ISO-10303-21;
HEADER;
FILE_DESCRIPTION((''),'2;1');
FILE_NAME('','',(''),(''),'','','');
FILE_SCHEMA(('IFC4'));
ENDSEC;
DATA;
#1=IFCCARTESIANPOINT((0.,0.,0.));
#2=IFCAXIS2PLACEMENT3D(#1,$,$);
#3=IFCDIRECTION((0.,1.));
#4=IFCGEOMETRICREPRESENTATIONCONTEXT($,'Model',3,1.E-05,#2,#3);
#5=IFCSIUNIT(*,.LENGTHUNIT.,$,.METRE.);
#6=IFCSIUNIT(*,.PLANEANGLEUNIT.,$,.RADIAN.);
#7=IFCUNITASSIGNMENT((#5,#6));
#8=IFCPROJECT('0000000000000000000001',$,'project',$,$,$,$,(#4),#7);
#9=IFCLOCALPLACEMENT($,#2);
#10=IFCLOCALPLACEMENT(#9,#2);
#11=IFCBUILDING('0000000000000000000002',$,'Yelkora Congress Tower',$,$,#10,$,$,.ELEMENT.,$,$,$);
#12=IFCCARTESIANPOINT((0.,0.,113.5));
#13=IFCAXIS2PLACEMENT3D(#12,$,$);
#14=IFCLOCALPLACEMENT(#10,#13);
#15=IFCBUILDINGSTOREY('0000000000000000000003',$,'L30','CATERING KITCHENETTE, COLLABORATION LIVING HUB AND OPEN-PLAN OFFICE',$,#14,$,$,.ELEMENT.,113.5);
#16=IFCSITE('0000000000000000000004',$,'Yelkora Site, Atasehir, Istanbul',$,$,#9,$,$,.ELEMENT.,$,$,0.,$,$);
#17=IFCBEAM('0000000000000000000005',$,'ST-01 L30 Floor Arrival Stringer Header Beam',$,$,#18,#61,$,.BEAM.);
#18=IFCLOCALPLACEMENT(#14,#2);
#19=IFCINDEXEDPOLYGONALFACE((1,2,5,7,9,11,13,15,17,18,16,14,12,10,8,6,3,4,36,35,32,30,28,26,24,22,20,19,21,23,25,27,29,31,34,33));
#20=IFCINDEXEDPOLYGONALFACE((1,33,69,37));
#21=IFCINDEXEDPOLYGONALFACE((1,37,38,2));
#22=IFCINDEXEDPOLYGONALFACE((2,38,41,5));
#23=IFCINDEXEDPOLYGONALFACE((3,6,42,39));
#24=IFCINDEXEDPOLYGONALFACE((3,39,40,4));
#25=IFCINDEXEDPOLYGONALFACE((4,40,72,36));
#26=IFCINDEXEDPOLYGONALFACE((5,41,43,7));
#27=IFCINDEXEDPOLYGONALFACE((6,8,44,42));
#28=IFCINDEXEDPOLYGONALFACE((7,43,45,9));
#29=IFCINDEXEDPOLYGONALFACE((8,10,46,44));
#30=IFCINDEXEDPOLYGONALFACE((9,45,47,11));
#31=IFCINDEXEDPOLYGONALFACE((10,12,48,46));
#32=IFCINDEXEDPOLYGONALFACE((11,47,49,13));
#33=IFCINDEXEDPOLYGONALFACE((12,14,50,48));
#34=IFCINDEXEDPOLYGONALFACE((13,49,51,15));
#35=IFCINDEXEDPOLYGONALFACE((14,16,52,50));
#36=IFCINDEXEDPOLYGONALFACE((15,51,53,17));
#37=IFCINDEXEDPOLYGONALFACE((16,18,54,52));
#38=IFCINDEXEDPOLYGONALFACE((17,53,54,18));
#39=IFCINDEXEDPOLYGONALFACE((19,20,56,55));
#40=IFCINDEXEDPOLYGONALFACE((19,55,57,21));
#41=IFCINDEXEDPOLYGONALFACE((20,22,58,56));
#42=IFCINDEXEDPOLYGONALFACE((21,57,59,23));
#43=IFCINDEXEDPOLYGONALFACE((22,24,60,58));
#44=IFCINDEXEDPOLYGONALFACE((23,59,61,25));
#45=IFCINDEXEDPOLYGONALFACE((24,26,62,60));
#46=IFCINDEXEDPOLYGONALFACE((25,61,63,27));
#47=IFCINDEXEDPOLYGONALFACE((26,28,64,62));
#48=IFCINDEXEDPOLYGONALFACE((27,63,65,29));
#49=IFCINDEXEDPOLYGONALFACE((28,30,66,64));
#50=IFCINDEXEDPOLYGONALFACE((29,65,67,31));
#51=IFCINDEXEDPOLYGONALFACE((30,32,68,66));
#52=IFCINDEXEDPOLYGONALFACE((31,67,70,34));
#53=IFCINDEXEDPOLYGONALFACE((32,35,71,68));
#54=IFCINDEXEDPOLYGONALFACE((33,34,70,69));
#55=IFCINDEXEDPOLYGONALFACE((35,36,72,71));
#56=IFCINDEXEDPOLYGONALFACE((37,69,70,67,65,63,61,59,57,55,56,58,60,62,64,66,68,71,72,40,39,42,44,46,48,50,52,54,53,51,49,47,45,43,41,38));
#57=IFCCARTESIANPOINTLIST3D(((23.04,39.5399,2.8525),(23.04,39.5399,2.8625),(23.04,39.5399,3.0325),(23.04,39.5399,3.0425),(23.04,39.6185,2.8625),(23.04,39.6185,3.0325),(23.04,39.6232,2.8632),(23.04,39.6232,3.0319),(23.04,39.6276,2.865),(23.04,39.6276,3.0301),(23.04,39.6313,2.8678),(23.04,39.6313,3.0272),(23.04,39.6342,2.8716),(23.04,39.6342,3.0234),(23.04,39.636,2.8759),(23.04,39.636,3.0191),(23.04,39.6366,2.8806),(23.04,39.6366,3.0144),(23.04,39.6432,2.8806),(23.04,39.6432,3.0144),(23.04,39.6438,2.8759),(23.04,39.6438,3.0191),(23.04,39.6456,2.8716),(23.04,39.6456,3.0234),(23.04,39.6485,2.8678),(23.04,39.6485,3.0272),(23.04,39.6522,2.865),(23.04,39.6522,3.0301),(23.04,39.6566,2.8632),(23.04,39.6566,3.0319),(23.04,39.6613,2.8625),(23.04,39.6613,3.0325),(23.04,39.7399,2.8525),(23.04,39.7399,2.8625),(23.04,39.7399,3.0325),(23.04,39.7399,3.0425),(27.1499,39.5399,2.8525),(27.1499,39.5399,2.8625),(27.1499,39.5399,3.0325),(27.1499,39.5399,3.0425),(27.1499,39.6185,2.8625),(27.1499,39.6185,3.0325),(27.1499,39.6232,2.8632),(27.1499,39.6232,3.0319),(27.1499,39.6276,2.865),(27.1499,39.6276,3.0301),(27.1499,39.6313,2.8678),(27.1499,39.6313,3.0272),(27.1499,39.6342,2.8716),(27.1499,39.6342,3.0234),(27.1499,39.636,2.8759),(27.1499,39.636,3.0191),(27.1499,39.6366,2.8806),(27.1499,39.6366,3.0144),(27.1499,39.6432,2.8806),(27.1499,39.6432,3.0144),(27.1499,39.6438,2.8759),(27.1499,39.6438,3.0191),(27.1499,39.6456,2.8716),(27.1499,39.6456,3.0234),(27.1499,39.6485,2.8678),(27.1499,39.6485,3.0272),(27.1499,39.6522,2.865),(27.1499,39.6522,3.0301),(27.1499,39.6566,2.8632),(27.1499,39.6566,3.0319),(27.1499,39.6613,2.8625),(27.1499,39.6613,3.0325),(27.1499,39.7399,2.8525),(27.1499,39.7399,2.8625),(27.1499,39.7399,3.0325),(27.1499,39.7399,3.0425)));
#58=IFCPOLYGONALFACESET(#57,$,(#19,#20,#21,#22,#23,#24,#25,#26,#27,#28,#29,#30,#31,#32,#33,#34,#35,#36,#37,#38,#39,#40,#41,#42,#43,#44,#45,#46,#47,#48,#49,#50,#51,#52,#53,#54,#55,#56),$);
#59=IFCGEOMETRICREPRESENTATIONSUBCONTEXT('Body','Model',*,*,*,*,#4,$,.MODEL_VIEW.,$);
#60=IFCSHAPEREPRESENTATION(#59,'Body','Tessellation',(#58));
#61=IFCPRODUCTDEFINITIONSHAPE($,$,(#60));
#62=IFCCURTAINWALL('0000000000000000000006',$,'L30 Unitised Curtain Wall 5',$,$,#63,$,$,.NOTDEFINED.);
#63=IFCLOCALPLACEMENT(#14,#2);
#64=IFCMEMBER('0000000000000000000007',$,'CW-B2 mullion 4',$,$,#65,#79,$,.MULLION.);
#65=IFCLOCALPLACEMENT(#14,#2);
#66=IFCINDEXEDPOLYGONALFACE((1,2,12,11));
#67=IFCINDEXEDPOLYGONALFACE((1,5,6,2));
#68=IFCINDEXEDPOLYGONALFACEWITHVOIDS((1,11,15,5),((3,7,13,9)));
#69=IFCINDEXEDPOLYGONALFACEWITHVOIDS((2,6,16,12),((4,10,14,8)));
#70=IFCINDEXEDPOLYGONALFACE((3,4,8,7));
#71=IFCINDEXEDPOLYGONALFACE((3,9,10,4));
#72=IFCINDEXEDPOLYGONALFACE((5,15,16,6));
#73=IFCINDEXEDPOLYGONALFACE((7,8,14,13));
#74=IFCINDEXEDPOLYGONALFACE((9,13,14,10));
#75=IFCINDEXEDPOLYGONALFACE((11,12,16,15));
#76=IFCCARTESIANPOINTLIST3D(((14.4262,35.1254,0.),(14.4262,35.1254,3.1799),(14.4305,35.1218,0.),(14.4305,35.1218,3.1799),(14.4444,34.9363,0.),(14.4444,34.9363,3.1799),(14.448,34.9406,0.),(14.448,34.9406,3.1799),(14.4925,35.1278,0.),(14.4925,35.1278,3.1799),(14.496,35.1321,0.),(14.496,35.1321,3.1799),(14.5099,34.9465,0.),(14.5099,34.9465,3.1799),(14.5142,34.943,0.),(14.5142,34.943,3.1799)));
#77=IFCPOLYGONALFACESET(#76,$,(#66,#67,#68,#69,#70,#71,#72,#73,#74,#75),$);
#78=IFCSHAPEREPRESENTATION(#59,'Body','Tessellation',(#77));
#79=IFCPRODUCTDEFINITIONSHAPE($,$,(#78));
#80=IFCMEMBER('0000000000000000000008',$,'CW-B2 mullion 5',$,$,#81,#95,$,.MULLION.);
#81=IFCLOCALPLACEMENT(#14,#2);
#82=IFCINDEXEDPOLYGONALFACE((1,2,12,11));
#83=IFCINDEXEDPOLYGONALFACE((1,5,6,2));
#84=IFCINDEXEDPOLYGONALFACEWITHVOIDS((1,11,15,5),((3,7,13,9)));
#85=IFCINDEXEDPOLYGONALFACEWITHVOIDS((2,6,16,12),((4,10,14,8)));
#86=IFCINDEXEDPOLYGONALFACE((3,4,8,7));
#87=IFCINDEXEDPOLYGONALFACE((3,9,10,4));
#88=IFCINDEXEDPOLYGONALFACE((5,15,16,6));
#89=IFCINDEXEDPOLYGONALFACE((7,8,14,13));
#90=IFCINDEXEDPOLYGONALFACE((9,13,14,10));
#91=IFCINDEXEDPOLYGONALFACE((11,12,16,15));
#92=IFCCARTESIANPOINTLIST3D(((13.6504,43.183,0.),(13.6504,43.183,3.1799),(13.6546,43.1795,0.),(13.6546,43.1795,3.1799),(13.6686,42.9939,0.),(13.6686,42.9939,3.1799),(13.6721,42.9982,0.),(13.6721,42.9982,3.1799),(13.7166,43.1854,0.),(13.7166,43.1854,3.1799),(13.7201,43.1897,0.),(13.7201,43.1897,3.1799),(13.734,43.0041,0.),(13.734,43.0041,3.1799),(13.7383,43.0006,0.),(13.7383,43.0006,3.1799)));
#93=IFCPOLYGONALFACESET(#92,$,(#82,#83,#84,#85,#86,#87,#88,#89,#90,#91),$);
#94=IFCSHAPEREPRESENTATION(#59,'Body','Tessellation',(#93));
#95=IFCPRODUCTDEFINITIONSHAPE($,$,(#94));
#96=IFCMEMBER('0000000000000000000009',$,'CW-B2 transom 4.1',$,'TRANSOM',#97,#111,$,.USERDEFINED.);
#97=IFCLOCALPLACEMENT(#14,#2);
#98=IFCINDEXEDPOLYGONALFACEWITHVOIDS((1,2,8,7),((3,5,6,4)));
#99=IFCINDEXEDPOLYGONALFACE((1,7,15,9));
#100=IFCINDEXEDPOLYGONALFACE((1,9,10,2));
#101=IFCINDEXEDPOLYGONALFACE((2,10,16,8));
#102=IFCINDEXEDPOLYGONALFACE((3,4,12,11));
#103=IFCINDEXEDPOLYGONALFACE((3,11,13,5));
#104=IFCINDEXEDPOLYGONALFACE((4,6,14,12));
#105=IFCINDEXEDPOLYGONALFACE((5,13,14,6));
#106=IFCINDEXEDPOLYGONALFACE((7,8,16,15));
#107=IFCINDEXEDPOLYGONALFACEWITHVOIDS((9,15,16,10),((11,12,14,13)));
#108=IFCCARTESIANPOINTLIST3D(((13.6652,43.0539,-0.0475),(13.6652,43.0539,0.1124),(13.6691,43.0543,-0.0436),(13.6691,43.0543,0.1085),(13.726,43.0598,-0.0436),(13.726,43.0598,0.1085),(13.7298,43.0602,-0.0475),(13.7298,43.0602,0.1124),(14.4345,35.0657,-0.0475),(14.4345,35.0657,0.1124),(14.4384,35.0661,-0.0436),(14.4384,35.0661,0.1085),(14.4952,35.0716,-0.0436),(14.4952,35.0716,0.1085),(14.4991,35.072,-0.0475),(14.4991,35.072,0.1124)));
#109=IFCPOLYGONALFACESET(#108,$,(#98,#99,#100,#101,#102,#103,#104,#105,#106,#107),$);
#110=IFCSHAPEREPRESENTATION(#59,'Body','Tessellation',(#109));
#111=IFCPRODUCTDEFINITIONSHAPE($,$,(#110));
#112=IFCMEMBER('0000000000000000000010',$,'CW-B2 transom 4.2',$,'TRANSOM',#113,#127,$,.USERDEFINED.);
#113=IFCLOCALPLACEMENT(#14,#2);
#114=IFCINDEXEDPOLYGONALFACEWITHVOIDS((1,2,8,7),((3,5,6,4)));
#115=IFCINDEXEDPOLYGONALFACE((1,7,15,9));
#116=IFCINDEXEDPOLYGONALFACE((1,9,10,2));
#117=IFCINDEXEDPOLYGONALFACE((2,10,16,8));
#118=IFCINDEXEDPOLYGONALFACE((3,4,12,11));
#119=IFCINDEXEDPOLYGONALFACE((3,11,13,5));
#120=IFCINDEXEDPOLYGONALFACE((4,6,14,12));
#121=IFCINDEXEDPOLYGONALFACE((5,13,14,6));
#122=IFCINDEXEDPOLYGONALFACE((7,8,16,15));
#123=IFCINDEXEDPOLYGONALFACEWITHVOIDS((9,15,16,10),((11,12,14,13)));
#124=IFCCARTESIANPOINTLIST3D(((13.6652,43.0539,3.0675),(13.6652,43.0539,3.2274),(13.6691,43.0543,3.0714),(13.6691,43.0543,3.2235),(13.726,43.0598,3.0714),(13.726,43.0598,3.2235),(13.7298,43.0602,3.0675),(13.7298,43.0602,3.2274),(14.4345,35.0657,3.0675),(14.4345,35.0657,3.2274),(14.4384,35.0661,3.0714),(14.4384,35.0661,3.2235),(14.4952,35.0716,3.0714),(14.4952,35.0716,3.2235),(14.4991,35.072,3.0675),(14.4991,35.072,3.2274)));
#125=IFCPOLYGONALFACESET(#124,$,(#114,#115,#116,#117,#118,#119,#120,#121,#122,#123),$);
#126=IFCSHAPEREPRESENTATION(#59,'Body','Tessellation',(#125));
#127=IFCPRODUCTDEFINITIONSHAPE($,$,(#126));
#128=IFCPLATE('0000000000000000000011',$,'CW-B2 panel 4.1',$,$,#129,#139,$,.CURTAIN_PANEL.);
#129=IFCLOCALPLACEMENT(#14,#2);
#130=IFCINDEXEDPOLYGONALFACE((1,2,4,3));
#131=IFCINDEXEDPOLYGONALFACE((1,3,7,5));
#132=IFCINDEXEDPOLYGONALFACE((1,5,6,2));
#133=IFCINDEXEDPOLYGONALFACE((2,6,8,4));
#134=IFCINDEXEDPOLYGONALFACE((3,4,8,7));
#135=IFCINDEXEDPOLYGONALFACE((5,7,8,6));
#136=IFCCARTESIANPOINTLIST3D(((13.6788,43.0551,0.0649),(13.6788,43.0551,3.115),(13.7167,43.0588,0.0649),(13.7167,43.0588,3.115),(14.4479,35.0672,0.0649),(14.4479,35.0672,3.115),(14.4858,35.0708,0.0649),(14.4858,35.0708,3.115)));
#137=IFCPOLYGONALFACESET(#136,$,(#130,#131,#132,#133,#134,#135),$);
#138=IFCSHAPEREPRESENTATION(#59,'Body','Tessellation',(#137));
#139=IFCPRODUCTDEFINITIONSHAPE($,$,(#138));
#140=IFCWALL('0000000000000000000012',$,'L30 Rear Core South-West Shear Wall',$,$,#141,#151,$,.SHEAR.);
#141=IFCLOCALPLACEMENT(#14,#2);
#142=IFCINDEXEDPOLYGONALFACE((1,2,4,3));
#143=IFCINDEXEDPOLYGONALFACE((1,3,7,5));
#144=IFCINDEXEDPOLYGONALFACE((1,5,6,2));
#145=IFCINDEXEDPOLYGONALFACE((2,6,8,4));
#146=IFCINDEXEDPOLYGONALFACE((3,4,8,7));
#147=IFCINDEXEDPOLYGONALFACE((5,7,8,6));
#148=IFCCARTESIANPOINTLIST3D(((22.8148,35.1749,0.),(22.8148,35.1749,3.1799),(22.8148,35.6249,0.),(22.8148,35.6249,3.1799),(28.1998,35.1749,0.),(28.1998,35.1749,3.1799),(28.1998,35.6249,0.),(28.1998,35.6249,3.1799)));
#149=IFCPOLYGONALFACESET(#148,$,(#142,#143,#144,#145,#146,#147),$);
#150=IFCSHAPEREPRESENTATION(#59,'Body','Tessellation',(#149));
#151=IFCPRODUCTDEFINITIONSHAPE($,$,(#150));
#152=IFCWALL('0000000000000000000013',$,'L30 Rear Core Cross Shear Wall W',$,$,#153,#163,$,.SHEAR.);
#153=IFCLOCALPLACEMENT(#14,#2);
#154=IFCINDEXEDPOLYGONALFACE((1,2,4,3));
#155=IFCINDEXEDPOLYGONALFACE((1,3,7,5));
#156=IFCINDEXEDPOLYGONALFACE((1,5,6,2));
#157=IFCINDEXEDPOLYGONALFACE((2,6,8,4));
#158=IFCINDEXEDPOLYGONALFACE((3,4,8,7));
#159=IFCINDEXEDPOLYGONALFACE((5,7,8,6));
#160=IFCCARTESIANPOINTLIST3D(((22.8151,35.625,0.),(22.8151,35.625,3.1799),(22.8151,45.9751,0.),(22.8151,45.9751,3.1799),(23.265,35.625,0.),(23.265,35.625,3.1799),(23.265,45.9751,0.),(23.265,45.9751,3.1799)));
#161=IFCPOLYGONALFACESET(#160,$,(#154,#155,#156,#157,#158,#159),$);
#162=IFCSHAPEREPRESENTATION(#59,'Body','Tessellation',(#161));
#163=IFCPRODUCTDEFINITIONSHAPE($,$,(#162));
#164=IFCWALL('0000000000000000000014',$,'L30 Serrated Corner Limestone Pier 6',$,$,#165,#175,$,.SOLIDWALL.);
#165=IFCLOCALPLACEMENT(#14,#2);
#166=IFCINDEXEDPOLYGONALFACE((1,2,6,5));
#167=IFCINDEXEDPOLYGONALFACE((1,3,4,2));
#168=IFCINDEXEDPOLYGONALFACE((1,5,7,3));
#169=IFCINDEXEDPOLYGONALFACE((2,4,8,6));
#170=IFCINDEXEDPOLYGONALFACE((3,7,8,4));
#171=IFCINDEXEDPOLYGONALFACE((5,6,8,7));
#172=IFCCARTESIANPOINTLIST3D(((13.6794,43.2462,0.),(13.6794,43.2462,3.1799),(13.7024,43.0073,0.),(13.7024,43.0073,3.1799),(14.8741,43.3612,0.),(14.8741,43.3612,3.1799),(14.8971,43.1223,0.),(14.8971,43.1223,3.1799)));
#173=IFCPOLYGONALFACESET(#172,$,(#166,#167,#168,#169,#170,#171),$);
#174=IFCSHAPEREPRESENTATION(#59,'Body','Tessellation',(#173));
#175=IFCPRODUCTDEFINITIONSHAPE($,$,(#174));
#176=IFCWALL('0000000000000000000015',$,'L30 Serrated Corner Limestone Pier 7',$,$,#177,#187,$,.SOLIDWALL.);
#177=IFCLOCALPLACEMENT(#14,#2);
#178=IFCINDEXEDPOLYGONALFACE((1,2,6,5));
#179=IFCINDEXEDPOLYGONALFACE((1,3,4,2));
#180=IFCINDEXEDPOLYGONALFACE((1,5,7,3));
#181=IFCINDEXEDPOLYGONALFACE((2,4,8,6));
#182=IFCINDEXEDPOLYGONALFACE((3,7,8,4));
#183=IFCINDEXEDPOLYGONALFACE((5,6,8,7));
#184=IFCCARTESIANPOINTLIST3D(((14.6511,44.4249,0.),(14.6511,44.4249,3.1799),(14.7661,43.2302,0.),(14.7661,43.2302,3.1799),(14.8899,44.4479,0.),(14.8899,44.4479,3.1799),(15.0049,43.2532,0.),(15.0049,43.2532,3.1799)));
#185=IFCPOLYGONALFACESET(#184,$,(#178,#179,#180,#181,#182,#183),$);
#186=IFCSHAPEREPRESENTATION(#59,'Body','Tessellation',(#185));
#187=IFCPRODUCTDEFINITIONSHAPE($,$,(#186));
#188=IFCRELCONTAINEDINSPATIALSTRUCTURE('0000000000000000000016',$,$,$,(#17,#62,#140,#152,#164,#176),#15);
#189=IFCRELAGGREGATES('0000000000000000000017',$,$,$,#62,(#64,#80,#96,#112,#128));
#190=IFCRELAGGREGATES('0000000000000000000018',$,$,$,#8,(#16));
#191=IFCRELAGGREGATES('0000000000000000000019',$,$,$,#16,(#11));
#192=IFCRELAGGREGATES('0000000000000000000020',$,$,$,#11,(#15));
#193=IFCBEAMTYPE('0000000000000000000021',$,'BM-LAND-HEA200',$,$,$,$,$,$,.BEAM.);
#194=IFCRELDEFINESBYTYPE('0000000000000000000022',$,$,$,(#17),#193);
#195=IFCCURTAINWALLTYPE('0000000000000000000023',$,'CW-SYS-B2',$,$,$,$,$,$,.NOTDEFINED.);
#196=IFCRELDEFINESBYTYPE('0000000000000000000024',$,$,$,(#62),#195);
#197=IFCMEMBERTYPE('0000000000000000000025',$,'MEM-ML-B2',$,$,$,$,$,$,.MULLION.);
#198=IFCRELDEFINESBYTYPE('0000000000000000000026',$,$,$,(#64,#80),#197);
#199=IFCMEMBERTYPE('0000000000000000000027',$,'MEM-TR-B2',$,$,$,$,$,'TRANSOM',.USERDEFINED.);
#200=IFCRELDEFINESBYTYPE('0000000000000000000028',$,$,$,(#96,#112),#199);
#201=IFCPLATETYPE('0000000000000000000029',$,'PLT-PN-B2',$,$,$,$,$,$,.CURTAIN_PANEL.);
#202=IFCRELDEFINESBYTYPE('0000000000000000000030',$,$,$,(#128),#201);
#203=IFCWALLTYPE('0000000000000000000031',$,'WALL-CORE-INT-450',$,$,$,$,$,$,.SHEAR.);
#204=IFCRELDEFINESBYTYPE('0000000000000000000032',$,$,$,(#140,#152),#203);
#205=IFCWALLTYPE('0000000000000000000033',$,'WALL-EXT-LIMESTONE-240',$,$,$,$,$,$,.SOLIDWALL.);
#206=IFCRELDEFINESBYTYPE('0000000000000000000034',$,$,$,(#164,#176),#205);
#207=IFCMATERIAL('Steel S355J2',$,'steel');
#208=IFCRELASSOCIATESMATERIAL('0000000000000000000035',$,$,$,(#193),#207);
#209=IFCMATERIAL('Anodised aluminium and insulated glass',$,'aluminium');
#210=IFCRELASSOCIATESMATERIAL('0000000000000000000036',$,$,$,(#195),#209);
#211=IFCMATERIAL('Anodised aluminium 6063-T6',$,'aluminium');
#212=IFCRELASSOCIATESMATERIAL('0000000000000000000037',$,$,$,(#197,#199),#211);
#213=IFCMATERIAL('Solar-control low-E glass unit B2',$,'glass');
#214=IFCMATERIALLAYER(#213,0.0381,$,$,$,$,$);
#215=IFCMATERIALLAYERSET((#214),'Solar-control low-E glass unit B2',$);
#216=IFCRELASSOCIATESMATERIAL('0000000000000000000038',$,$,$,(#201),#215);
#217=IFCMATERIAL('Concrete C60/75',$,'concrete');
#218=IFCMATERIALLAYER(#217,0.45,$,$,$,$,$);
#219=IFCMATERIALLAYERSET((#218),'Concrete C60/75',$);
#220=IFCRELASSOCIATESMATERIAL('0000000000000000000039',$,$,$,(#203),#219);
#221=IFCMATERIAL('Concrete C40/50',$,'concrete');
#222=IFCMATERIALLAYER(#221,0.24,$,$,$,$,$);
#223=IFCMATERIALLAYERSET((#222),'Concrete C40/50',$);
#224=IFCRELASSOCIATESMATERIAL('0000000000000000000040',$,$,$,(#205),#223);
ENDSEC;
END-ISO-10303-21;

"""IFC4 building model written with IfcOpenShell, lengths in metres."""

from ifc_helpers import new_model, si_unit, direction, frame, frame_2d, origin, origin_2d, place, context, subcontext, project, spatial, rectangle, hollow_rectangle, i_section, extrude, material, layer, layer_set, material_profile, profile_set, type_object, element, aggregate, save


model = new_model("IFC4")

# Units and contexts
model_context = context("Model", 3, precision=1e-05, world=origin(), true_north=direction((0.0, 1.0)))
body_context = subcontext(model_context, "Body", "Model", "MODEL_VIEW")
ifc_project = project(units=[si_unit("LENGTHUNIT", "METRE"), si_unit("PLANEANGLEUNIT", "RADIAN")], contexts=[model_context])

# Site, building, storey
site_placement = place(None, origin())
site = spatial("IfcSite", under=ifc_project, at=site_placement, Name="Yelkora Site, Atasehir, Istanbul", CompositionType="ELEMENT", RefElevation=0.0)
building_placement = place(site_placement, origin())
building = spatial("IfcBuilding", under=site, at=building_placement, Name="Yelkora Congress Tower", CompositionType="ELEMENT")
storey_placement = place(building_placement, frame((0.0, 0.0, 113.5)))
storey = spatial("IfcBuildingStorey", under=building, at=storey_placement, Name="L30", Description="CATERING KITCHENETTE, COLLABORATION LIVING HUB AND OPEN-PLAN OFFICE", CompositionType="ELEMENT", Elevation=113.5)

# Beam
ifc_material_1 = material(Name="Steel S355J2", Category="steel")
ifc_material_profile_1 = material_profile(ifc_material_1, i_section(OverallWidth=0.2, OverallDepth=0.1899, WebThickness=0.0066, FlangeThickness=0.01, FilletRadius=0.0181, at=origin_2d()), Name="HEA 200")
ifc_profile_set_1 = profile_set([ifc_material_profile_1], Name="Steel S355J2")
beam_type_1 = type_object("IfcBeamType", Name="BM-LAND-HEA200", PredefinedType="BEAM", material=ifc_profile_set_1)
beam_1_placement = place(storey_placement, frame((23.04, 39.6399, 2.9475), z_axis=(1.0, 0.0, 0.0), x_axis=(0.0, 1.0, 0.0)))
element("IfcBeam", 1, at=beam_1_placement, inside=storey, type_object=beam_type_1, Name="ST-01 L30 Floor Arrival Stringer Header Beam", PredefinedType="BEAM", context=body_context, shape_type="SweptSolid", body=[
    extrude(i_section(OverallWidth=0.2, OverallDepth=0.1899, WebThickness=0.0066, FlangeThickness=0.01, FilletRadius=0.0181, at=origin_2d()), origin(), (0.0, 0.0, 1.0), 4.1099),
])

# Curtain wall, members, plate
ifc_material_2 = material(Name="Anodised aluminium and insulated glass", Category="aluminium")
curtain_wall_type = type_object("IfcCurtainWallType", Name="CW-SYS-B2", PredefinedType="NOTDEFINED", material=ifc_material_2)
curtain_wall_placement = place(storey_placement, origin())
curtain_wall = element("IfcCurtainWall", 2, at=curtain_wall_placement, inside=storey, type_object=curtain_wall_type, Name="L30 Unitised Curtain Wall 5", PredefinedType="NOTDEFINED")
ifc_material_3 = material(Name="Anodised aluminium 6063-T6", Category="aluminium")
ifc_material_profile_2 = material_profile(ifc_material_3, hollow_rectangle(XDim=0.0701, YDim=0.1899, WallThickness=0.0039, at=origin_2d()), Name="ALU 70x190x4")
ifc_profile_set_2 = profile_set([ifc_material_profile_2], Name="Anodised aluminium 6063-T6")
member_type_1 = type_object("IfcMemberType", Name="MEM-ML-B2", PredefinedType="MULLION", material=ifc_profile_set_2)
member_1_placement = place(storey_placement, frame((14.4702, 35.0342, 0.0), z_axis=(0.0, 0.0, 1.0), x_axis=(-0.995397, -0.095843, 0.0)))
member_1 = element("IfcMember", 3, at=member_1_placement, type_object=member_type_1, Name="CW-B2 mullion 4", PredefinedType="MULLION", context=body_context, shape_type="SweptSolid", body=[
    extrude(hollow_rectangle(XDim=0.0701, YDim=0.1899, WallThickness=0.0039, at=origin_2d()), origin(), (0.0, 0.0, 1.0), 3.1799),
])
member_2_placement = place(storey_placement, frame((13.6943, 43.0918, 0.0), z_axis=(0.0, 0.0, 1.0), x_axis=(-0.995397, -0.095843, 0.0)))
member_2 = element("IfcMember", 4, at=member_2_placement, type_object=member_type_1, Name="CW-B2 mullion 5", PredefinedType="MULLION", context=body_context, shape_type="SweptSolid", body=[
    extrude(hollow_rectangle(XDim=0.0701, YDim=0.1899, WallThickness=0.0039, at=origin_2d()), origin(), (0.0, 0.0, 1.0), 3.1799),
])
ifc_material_profile_3 = material_profile(ifc_material_3, hollow_rectangle(XDim=0.0649, YDim=0.1599, WallThickness=0.0039, at=origin_2d()), Name="ALU 65x160x4")
ifc_profile_set_3 = profile_set([ifc_material_profile_3], Name="Anodised aluminium 6063-T6")
member_type_2 = type_object("IfcMemberType", Name="MEM-TR-B2", ElementType="TRANSOM", PredefinedType="USERDEFINED", material=ifc_profile_set_3)
member_3_placement = place(storey_placement, frame((14.4668, 35.0688, 0.0325), z_axis=(-0.095858, 0.995395, 0.0), x_axis=(-0.995395, -0.095858, 0.0)))
member_3 = element("IfcMember", 5, at=member_3_placement, type_object=member_type_2, Name="CW-B2 transom 4.1", ObjectType="TRANSOM", PredefinedType="USERDEFINED", context=body_context, shape_type="SweptSolid", body=[
    extrude(hollow_rectangle(XDim=0.0649, YDim=0.1599, WallThickness=0.0039, at=origin_2d()), origin(), (0.0, 0.0, 1.0), 8.0251),
])
member_4_placement = place(storey_placement, frame((14.4668, 35.0688, 3.1475), z_axis=(-0.095858, 0.995395, 0.0), x_axis=(-0.995395, -0.095858, 0.0)))
member_4 = element("IfcMember", 6, at=member_4_placement, type_object=member_type_2, Name="CW-B2 transom 4.2", ObjectType="TRANSOM", PredefinedType="USERDEFINED", context=body_context, shape_type="SweptSolid", body=[
    extrude(hollow_rectangle(XDim=0.0649, YDim=0.1599, WallThickness=0.0039, at=origin_2d()), origin(), (0.0, 0.0, 1.0), 8.0251),
])
ifc_material_4 = material(Name="Solar-control low-E glass unit B2", Category="glass")
ifc_layer_1 = layer(ifc_material_4, 0.0381)
ifc_layer_set_1 = layer_set([ifc_layer_1], Name="Solar-control low-E glass unit B2")
plate_type = type_object("IfcPlateType", Name="PLT-PN-B2", PredefinedType="CURTAIN_PANEL", material=ifc_layer_set_1)
plate_placement = place(storey_placement, frame((14.0823, 39.063, 0.0649), z_axis=(0.0, 0.0, 1.0), x_axis=(-0.095843, 0.995397, 0.0)))
plate = element("IfcPlate", 7, at=plate_placement, type_object=plate_type, Name="CW-B2 panel 4.1", PredefinedType="CURTAIN_PANEL", context=body_context, shape_type="SweptSolid", body=[
    extrude(rectangle(XDim=8.0249, YDim=0.0381, at=origin_2d()), origin(), (0.0, 0.0, 1.0), 3.05),
])
aggregate(curtain_wall, [member_1, member_2, member_3, member_4, plate])

# Walls
ifc_material_5 = material(Name="Concrete C60/75", Category="concrete")
ifc_layer_2 = layer(ifc_material_5, 0.45)
ifc_layer_set_2 = layer_set([ifc_layer_2], Name="Concrete C60/75")
wall_type_1 = type_object("IfcWallType", Name="WALL-CORE-INT-450", PredefinedType="SHEAR", material=ifc_layer_set_2)
wall_1_placement = place(storey_placement, frame((22.8149, 35.3999, 0.0), z_axis=(0.0, 0.0, 1.0), x_axis=(1.0, 0.0, 0.0)))
element("IfcWall", 8, at=wall_1_placement, inside=storey, type_object=wall_type_1, Name="L30 Rear Core South-West Shear Wall", PredefinedType="SHEAR", context=body_context, shape_type="SweptSolid", body=[
    extrude(rectangle(XDim=5.385, YDim=0.45, at=frame_2d((2.6924, 0.0))), origin(), (0.0, 0.0, 1.0), 3.1799),
])
wall_2_placement = place(storey_placement, frame((23.04, 35.625, 0.0), z_axis=(0.0, 0.0, 1.0), x_axis=(0.0, 1.0, 0.0)))
element("IfcWall", 9, at=wall_2_placement, inside=storey, type_object=wall_type_1, Name="L30 Rear Core Cross Shear Wall W", PredefinedType="SHEAR", context=body_context, shape_type="SweptSolid", body=[
    extrude(rectangle(XDim=10.3501, YDim=0.45, at=frame_2d((5.175, 0.0))), origin(), (0.0, 0.0, 1.0), 3.1799),
])
ifc_material_6 = material(Name="Concrete C40/50", Category="concrete")
ifc_layer_3 = layer(ifc_material_6, 0.24)
ifc_layer_set_3 = layer_set([ifc_layer_3], Name="Concrete C40/50")
wall_type_2 = type_object("IfcWallType", Name="WALL-EXT-LIMESTONE-240", PredefinedType="SOLIDWALL", material=ifc_layer_set_3)
for number, where, z_axis, x_axis, name in (
    (10, (13.6909, 43.1267, 0.0), (0.0, 0.0, 1.0), (0.995399, 0.095817, 0.0), "L30 Serrated Corner Limestone Pier 6"),
    (11, (14.8855, 43.2417, 0.0), (0.0, 0.0, 1.0), (-0.095817, 0.995399, 0.0), "L30 Serrated Corner Limestone Pier 7"),
):
    element("IfcWall", number, at=place(storey_placement, frame(where, z_axis=z_axis, x_axis=x_axis)), inside=storey, type_object=wall_type_2, Name=name, PredefinedType="SOLIDWALL", context=body_context, shape_type="SweptSolid", body=[
        extrude(rectangle(XDim=1.2002, YDim=0.24, at=frame_2d((0.6001, 0.0))), origin(), (0.0, 0.0, 1.0), 3.1799),
    ])

save(model, "model.ifc")
